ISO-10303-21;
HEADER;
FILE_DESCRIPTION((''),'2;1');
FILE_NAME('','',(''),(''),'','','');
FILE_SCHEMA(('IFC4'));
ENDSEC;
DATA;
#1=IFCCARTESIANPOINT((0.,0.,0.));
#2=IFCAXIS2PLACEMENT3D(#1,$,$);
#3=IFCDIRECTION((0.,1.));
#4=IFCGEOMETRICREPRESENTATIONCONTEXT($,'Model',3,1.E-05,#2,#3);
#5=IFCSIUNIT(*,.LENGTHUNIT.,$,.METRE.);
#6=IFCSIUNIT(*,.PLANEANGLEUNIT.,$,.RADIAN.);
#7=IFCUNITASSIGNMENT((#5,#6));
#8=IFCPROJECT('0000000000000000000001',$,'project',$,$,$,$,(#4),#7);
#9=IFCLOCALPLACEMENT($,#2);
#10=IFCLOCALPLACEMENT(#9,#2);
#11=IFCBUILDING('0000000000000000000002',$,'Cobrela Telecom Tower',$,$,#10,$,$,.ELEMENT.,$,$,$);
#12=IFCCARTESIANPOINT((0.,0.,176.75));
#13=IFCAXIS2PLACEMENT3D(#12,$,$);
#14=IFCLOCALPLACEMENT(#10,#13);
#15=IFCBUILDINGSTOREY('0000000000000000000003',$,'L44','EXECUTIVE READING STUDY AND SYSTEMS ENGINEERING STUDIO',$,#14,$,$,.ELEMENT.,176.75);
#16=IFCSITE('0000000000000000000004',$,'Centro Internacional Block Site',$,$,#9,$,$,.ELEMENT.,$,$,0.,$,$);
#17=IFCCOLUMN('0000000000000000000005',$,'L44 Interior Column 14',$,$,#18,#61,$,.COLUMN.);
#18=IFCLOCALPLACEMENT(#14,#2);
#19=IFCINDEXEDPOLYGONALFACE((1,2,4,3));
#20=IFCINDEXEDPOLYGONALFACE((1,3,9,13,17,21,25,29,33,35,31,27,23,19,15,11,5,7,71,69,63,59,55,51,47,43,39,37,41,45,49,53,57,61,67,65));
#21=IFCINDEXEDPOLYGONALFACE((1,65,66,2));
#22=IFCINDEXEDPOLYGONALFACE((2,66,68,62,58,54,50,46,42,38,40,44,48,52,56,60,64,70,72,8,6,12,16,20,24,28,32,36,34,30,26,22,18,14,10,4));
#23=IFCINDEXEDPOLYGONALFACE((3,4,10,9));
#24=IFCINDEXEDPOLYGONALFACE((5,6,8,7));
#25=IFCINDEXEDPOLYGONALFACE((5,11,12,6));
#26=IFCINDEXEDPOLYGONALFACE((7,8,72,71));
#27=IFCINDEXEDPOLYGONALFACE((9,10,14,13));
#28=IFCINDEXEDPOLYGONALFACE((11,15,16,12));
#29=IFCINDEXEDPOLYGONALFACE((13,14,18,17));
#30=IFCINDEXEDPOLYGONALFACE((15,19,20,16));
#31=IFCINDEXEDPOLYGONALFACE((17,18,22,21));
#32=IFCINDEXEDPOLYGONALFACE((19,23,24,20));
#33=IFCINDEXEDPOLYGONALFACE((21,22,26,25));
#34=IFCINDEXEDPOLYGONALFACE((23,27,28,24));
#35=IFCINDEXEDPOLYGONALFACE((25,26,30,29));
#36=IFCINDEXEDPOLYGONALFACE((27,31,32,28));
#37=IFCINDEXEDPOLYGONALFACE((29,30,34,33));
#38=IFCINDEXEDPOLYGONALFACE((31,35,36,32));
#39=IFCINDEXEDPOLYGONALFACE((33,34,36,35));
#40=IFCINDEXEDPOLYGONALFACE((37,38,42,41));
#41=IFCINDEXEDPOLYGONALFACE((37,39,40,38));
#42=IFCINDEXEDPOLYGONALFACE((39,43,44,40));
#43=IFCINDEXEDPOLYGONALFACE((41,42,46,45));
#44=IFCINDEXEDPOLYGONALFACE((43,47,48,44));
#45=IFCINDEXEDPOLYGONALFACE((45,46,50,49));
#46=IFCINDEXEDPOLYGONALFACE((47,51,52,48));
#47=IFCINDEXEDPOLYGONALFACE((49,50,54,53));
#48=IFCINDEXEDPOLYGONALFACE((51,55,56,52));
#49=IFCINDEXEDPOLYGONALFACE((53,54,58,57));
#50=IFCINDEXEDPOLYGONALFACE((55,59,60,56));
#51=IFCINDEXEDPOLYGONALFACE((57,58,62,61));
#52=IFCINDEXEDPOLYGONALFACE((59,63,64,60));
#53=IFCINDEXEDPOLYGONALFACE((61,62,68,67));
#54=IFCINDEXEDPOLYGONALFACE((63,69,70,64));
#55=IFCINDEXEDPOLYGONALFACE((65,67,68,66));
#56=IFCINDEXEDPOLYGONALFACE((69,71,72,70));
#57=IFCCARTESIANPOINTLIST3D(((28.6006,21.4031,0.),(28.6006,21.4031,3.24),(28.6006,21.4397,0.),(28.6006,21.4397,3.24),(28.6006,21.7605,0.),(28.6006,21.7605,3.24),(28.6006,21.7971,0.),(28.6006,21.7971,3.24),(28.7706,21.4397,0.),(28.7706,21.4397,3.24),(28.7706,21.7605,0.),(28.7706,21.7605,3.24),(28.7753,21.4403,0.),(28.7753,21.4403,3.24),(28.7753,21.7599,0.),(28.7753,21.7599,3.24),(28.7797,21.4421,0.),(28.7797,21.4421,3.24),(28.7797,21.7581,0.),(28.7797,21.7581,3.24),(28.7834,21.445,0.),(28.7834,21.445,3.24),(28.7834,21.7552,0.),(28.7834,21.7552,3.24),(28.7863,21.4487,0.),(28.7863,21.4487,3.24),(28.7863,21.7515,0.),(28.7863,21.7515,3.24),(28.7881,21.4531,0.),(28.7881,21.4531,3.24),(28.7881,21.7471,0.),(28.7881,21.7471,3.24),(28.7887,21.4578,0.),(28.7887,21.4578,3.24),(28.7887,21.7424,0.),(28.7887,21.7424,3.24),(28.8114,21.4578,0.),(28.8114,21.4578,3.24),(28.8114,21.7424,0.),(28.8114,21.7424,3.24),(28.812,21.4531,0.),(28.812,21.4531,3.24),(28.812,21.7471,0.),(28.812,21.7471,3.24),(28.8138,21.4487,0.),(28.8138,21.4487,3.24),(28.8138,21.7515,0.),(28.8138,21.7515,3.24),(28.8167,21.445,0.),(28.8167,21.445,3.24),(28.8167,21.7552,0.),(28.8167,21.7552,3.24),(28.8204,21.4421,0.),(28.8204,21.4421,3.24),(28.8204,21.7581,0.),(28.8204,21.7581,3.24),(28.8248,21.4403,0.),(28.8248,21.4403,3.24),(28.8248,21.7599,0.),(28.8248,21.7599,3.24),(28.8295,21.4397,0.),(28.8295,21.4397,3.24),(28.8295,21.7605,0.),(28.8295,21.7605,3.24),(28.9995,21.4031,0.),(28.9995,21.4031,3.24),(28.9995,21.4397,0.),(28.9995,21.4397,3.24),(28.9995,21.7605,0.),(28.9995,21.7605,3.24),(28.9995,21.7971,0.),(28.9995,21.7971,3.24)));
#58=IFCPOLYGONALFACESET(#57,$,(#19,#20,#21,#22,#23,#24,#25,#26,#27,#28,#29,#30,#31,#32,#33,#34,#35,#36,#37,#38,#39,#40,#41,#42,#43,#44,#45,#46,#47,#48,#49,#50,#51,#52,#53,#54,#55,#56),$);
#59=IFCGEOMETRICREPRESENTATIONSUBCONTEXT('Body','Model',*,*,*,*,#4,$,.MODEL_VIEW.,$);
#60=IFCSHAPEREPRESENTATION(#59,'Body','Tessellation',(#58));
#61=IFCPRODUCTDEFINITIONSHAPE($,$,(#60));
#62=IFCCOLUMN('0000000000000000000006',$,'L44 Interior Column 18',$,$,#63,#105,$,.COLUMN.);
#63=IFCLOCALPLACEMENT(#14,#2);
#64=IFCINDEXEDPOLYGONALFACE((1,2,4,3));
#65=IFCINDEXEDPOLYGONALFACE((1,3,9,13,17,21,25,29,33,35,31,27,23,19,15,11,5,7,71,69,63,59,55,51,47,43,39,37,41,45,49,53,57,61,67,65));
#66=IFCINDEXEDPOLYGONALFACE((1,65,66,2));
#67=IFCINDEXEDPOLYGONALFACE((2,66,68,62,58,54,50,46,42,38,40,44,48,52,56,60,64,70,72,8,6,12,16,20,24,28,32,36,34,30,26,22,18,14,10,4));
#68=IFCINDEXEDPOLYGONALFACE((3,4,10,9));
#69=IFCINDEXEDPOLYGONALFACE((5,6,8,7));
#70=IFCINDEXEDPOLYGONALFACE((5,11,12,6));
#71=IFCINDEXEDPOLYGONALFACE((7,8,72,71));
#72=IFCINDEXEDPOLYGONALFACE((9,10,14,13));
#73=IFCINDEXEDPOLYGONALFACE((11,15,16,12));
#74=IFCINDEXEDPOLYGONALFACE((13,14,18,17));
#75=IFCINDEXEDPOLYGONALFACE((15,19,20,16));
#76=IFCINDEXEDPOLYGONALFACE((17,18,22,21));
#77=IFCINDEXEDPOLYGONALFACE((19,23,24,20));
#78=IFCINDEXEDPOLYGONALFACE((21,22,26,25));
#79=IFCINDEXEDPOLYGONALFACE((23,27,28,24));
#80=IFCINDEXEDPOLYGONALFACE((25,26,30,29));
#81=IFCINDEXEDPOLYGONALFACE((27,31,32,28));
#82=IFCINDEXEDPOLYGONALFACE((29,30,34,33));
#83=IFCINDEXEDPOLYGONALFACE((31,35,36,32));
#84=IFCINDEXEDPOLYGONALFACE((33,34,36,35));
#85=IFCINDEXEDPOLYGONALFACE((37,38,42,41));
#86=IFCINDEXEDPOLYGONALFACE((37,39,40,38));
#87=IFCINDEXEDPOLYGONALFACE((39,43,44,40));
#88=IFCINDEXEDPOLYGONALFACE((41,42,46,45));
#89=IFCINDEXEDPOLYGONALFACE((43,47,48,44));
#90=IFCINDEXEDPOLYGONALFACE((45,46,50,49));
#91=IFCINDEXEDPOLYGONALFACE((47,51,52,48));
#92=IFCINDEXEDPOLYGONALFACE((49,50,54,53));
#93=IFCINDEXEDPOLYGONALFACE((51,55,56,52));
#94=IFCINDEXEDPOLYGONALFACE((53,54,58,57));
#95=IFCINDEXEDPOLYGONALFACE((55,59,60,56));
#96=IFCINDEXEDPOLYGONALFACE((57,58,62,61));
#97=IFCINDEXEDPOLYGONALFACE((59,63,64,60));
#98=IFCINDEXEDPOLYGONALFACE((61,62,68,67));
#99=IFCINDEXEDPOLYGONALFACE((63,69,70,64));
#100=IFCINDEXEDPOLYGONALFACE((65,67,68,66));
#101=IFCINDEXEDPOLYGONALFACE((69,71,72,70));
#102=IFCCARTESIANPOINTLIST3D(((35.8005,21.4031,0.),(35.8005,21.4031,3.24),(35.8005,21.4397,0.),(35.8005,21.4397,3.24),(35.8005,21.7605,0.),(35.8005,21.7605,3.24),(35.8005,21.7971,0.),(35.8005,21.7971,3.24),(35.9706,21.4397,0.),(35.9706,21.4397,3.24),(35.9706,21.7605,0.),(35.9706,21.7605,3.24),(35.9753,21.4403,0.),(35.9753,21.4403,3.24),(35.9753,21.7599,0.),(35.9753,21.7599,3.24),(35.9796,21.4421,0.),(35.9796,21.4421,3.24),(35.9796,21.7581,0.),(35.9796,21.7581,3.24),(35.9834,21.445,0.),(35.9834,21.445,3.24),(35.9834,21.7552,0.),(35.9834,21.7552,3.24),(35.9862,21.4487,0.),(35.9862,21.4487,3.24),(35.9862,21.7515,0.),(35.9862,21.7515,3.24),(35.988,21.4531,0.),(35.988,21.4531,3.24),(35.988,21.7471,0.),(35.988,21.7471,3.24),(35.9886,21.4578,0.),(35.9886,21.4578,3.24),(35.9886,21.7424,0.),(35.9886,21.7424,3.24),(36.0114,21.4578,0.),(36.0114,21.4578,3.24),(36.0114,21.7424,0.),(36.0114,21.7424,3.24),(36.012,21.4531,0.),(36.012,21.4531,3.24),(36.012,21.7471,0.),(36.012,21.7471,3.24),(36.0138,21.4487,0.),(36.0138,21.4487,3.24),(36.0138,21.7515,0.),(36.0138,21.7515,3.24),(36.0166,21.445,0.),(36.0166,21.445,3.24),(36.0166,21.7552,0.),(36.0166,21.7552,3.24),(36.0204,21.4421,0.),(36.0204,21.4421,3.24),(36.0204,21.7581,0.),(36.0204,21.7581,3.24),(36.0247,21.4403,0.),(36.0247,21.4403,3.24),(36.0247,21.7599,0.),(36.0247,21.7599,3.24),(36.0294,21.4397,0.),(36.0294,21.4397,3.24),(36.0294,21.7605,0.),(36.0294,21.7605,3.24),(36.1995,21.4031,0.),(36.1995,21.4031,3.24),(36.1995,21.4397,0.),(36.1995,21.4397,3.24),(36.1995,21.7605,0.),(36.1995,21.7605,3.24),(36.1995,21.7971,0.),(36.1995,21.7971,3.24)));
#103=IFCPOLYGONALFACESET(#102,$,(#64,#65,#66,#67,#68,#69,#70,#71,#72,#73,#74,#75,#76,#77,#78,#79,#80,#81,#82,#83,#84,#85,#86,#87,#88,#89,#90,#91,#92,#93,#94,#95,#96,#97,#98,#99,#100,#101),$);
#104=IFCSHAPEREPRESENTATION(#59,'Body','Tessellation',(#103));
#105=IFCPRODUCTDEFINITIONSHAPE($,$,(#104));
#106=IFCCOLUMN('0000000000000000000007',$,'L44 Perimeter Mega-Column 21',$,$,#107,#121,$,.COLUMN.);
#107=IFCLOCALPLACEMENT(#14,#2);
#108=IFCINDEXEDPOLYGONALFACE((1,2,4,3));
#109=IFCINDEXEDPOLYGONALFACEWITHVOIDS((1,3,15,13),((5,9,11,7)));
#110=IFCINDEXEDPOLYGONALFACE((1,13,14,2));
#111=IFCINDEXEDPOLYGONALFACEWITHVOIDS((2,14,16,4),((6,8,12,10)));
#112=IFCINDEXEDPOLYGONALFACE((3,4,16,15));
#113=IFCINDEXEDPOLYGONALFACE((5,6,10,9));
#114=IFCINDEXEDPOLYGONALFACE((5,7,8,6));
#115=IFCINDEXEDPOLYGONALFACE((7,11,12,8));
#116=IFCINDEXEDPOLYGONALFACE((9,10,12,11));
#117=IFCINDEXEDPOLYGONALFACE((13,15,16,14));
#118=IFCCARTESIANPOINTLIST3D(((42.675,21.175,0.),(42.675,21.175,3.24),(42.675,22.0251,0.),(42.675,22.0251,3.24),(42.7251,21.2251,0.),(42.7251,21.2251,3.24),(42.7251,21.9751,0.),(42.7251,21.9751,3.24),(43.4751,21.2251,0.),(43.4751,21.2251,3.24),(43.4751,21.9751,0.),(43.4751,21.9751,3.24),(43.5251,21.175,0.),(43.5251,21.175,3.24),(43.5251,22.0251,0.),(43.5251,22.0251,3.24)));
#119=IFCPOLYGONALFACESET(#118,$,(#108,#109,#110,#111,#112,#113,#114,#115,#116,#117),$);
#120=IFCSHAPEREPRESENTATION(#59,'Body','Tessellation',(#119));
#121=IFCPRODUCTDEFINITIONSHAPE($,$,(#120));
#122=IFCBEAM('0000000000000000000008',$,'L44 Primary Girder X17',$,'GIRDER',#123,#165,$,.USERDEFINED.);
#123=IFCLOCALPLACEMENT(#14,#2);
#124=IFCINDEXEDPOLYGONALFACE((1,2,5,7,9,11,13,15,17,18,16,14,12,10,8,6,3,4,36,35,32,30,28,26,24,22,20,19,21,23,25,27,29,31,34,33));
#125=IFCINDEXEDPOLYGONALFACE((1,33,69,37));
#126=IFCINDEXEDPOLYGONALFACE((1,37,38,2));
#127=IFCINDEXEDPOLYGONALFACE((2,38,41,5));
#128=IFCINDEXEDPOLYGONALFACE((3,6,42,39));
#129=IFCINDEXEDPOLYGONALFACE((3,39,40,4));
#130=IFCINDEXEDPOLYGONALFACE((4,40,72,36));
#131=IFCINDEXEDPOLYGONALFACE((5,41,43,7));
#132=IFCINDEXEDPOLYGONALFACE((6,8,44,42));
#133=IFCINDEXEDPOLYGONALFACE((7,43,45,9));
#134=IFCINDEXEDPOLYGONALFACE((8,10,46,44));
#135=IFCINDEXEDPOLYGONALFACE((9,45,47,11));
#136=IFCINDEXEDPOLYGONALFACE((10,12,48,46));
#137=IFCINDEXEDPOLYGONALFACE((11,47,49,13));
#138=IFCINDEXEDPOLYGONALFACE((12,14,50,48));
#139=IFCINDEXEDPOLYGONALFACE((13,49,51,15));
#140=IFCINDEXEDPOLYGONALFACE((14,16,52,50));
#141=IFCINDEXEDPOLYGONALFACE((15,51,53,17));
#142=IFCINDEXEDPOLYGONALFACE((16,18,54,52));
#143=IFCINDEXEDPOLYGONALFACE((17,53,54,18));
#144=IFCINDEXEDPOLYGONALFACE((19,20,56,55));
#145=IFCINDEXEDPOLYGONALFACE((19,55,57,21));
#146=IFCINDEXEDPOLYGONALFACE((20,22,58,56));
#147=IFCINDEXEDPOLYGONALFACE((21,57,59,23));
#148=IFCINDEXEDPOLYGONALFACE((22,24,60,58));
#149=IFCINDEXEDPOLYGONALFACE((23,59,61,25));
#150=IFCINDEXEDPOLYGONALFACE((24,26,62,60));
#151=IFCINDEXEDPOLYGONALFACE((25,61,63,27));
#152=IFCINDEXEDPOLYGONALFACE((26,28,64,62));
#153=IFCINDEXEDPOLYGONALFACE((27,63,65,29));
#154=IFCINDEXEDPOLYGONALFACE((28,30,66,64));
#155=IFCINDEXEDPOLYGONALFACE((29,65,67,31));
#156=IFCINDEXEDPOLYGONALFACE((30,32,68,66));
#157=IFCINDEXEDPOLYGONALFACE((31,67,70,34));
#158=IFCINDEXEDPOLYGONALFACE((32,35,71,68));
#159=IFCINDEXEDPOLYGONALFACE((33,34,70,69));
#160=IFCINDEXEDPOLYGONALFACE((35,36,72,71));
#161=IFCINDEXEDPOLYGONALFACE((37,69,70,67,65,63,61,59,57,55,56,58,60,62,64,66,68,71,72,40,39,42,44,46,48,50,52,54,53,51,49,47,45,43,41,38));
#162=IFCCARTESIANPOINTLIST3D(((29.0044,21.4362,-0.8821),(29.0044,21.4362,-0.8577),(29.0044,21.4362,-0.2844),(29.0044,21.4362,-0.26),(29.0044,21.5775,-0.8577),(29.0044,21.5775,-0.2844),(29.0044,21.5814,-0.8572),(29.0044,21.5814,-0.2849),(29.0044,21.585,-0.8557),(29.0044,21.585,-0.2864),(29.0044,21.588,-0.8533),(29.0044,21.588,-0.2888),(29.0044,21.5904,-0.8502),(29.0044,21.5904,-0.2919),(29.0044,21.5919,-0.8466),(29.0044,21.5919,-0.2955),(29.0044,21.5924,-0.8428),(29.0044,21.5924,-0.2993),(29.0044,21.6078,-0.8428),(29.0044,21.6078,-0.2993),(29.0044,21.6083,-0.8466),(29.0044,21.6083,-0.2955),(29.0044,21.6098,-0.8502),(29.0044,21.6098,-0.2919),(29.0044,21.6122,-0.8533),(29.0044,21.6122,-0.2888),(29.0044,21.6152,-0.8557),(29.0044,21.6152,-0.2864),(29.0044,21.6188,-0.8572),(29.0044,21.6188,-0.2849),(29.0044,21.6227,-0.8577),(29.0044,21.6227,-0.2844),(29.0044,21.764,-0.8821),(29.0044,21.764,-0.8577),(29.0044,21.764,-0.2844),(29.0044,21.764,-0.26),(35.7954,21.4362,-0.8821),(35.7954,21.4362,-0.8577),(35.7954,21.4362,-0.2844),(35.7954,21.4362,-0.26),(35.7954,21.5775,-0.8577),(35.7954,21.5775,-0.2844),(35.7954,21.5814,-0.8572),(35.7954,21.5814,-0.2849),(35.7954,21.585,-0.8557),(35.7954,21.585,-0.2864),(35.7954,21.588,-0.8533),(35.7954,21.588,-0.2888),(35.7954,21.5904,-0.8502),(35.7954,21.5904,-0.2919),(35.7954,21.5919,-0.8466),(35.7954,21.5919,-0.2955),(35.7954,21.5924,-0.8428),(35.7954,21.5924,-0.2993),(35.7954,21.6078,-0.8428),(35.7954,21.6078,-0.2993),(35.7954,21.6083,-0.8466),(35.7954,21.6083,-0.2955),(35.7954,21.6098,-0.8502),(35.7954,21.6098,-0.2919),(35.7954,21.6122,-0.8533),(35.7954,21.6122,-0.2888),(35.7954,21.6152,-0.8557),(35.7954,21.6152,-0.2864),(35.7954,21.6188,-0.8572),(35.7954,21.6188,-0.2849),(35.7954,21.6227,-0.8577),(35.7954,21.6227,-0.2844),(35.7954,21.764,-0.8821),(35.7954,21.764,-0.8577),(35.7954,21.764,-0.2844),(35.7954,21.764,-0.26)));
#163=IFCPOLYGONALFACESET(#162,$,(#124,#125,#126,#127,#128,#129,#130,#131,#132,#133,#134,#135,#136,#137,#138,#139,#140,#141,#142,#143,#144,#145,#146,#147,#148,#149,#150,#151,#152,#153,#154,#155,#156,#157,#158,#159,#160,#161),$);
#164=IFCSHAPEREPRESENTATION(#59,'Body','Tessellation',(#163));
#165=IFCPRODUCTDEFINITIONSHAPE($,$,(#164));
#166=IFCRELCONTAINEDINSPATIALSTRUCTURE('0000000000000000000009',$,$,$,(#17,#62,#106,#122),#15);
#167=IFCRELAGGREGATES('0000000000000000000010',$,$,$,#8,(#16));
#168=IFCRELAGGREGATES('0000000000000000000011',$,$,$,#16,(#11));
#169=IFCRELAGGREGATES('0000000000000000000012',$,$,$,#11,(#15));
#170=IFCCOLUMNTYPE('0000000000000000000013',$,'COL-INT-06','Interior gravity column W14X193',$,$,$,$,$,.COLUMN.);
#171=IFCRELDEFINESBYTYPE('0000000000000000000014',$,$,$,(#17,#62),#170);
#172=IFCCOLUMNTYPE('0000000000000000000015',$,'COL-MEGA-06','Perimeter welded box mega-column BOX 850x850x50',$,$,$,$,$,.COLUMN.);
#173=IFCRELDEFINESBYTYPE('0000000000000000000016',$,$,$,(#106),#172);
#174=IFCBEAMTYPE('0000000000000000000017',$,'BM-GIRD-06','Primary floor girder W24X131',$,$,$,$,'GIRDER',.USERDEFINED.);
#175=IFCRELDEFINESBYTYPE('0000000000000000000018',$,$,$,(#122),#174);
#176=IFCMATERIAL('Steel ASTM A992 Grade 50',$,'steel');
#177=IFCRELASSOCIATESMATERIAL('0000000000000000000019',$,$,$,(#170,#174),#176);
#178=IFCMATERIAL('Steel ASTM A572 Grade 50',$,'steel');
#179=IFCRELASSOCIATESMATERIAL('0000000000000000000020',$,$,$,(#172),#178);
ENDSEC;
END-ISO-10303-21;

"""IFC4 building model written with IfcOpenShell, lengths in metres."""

from ifc_helpers import new_model, si_unit, direction, frame, origin, origin_2d, place, context, subcontext, project, spatial, hollow_rectangle, i_section, extrude, material, material_profile, profile_set, type_object, element, save


model = new_model("IFC4")

# Units and contexts
model_context = context("Model", 3, precision=1e-05, world=origin(), true_north=direction((0.0, 1.0)))
body_context = subcontext(model_context, "Body", "Model", "MODEL_VIEW")
ifc_project = project(units=[si_unit("LENGTHUNIT", "METRE"), si_unit("PLANEANGLEUNIT", "RADIAN")], contexts=[model_context])

# Site, building, storey
site_placement = place(None, origin())
site = spatial("IfcSite", under=ifc_project, at=site_placement, Name="Centro Internacional Block Site", CompositionType="ELEMENT", RefElevation=0.0)
building_placement = place(site_placement, origin())
building = spatial("IfcBuilding", under=site, at=building_placement, Name="Cobrela Telecom Tower", CompositionType="ELEMENT")
storey_placement = place(building_placement, frame((0.0, 0.0, 176.75)))
storey = spatial("IfcBuildingStorey", under=building, at=storey_placement, Name="L44", Description="EXECUTIVE READING STUDY AND SYSTEMS ENGINEERING STUDIO", CompositionType="ELEMENT", Elevation=176.75)

# Columns
ifc_material_1 = material(Name="Steel ASTM A992 Grade 50", Category="steel")
ifc_material_profile_1 = material_profile(ifc_material_1, i_section(OverallWidth=0.3989, OverallDepth=0.394, WebThickness=0.0227, FlangeThickness=0.0366, FilletRadius=0.0181, at=origin_2d()), Name="W14X193")
ifc_profile_set_1 = profile_set([ifc_material_profile_1], Name="Steel ASTM A992 Grade 50")
column_type_1 = type_object("IfcColumnType", Name="COL-INT-06", Description="Interior gravity column W14X193", PredefinedType="COLUMN", material=ifc_profile_set_1)
for number, where, z_axis, x_axis, name in (
    (1, (28.8, 21.6001, 0.0), (0.0, 0.0, 1.0), (1.0, 0.0, 0.0), "L44 Interior Column 14"),
    (2, (36.0, 21.6001, 0.0), (0.0, 0.0, 1.0), (1.0, 0.0, 0.0), "L44 Interior Column 18"),
):
    element("IfcColumn", number, at=place(storey_placement, frame(where, z_axis=z_axis, x_axis=x_axis)), inside=storey, type_object=column_type_1, Name=name, PredefinedType="COLUMN", context=body_context, shape_type="SweptSolid", body=[
        extrude(i_section(OverallWidth=0.3989, OverallDepth=0.394, WebThickness=0.0227, FlangeThickness=0.0366, FilletRadius=0.0181, at=origin_2d()), origin(), (0.0, 0.0, 1.0), 3.24),
    ])
ifc_material_2 = material(Name="Steel ASTM A572 Grade 50", Category="steel")
ifc_material_profile_2 = material_profile(ifc_material_2, hollow_rectangle(XDim=0.8501, YDim=0.8501, WallThickness=0.05, at=origin_2d()), Name="BOX 850x850x50")
ifc_profile_set_2 = profile_set([ifc_material_profile_2], Name="Steel ASTM A572 Grade 50")
column_type_2 = type_object("IfcColumnType", Name="COL-MEGA-06", Description="Perimeter welded box mega-column BOX 850x850x50", PredefinedType="COLUMN", material=ifc_profile_set_2)
column_placement = place(storey_placement, frame((43.1001, 21.6001, 0.0), z_axis=(0.0, 0.0, 1.0), x_axis=(1.0, 0.0, 0.0)))
element("IfcColumn", 3, at=column_placement, inside=storey, type_object=column_type_2, Name="L44 Perimeter Mega-Column 21", PredefinedType="COLUMN", context=body_context, shape_type="SweptSolid", body=[
    extrude(hollow_rectangle(XDim=0.8501, YDim=0.8501, WallThickness=0.05, at=origin_2d()), origin(), (0.0, 0.0, 1.0), 3.24),
])

# Beam
ifc_material_profile_3 = material_profile(ifc_material_1, i_section(OverallWidth=0.3279, OverallDepth=0.6221, WebThickness=0.0154, FlangeThickness=0.0244, FilletRadius=0.0149, at=origin_2d()), Name="W24X131")
ifc_profile_set_3 = profile_set([ifc_material_profile_3], Name="Steel ASTM A992 Grade 50")
beam_type_1 = type_object("IfcBeamType", Name="BM-GIRD-06", Description="Primary floor girder W24X131", ElementType="GIRDER", PredefinedType="USERDEFINED", material=ifc_profile_set_3)
beam_1_placement = place(storey_placement, frame((29.0044, 21.6001, -0.571), z_axis=(1.0, 0.0, 0.0), x_axis=(0.0, 1.0, 0.0)))
element("IfcBeam", 4, at=beam_1_placement, inside=storey, type_object=beam_type_1, Name="L44 Primary Girder X17", ObjectType="GIRDER", PredefinedType="USERDEFINED", context=body_context, shape_type="SweptSolid", body=[
    extrude(i_section(OverallWidth=0.3279, OverallDepth=0.6221, WebThickness=0.0154, FlangeThickness=0.0244, FilletRadius=0.0149, at=origin_2d()), origin(), (0.0, 0.0, 1.0), 6.791),
])

save(model, "model.ifc")
